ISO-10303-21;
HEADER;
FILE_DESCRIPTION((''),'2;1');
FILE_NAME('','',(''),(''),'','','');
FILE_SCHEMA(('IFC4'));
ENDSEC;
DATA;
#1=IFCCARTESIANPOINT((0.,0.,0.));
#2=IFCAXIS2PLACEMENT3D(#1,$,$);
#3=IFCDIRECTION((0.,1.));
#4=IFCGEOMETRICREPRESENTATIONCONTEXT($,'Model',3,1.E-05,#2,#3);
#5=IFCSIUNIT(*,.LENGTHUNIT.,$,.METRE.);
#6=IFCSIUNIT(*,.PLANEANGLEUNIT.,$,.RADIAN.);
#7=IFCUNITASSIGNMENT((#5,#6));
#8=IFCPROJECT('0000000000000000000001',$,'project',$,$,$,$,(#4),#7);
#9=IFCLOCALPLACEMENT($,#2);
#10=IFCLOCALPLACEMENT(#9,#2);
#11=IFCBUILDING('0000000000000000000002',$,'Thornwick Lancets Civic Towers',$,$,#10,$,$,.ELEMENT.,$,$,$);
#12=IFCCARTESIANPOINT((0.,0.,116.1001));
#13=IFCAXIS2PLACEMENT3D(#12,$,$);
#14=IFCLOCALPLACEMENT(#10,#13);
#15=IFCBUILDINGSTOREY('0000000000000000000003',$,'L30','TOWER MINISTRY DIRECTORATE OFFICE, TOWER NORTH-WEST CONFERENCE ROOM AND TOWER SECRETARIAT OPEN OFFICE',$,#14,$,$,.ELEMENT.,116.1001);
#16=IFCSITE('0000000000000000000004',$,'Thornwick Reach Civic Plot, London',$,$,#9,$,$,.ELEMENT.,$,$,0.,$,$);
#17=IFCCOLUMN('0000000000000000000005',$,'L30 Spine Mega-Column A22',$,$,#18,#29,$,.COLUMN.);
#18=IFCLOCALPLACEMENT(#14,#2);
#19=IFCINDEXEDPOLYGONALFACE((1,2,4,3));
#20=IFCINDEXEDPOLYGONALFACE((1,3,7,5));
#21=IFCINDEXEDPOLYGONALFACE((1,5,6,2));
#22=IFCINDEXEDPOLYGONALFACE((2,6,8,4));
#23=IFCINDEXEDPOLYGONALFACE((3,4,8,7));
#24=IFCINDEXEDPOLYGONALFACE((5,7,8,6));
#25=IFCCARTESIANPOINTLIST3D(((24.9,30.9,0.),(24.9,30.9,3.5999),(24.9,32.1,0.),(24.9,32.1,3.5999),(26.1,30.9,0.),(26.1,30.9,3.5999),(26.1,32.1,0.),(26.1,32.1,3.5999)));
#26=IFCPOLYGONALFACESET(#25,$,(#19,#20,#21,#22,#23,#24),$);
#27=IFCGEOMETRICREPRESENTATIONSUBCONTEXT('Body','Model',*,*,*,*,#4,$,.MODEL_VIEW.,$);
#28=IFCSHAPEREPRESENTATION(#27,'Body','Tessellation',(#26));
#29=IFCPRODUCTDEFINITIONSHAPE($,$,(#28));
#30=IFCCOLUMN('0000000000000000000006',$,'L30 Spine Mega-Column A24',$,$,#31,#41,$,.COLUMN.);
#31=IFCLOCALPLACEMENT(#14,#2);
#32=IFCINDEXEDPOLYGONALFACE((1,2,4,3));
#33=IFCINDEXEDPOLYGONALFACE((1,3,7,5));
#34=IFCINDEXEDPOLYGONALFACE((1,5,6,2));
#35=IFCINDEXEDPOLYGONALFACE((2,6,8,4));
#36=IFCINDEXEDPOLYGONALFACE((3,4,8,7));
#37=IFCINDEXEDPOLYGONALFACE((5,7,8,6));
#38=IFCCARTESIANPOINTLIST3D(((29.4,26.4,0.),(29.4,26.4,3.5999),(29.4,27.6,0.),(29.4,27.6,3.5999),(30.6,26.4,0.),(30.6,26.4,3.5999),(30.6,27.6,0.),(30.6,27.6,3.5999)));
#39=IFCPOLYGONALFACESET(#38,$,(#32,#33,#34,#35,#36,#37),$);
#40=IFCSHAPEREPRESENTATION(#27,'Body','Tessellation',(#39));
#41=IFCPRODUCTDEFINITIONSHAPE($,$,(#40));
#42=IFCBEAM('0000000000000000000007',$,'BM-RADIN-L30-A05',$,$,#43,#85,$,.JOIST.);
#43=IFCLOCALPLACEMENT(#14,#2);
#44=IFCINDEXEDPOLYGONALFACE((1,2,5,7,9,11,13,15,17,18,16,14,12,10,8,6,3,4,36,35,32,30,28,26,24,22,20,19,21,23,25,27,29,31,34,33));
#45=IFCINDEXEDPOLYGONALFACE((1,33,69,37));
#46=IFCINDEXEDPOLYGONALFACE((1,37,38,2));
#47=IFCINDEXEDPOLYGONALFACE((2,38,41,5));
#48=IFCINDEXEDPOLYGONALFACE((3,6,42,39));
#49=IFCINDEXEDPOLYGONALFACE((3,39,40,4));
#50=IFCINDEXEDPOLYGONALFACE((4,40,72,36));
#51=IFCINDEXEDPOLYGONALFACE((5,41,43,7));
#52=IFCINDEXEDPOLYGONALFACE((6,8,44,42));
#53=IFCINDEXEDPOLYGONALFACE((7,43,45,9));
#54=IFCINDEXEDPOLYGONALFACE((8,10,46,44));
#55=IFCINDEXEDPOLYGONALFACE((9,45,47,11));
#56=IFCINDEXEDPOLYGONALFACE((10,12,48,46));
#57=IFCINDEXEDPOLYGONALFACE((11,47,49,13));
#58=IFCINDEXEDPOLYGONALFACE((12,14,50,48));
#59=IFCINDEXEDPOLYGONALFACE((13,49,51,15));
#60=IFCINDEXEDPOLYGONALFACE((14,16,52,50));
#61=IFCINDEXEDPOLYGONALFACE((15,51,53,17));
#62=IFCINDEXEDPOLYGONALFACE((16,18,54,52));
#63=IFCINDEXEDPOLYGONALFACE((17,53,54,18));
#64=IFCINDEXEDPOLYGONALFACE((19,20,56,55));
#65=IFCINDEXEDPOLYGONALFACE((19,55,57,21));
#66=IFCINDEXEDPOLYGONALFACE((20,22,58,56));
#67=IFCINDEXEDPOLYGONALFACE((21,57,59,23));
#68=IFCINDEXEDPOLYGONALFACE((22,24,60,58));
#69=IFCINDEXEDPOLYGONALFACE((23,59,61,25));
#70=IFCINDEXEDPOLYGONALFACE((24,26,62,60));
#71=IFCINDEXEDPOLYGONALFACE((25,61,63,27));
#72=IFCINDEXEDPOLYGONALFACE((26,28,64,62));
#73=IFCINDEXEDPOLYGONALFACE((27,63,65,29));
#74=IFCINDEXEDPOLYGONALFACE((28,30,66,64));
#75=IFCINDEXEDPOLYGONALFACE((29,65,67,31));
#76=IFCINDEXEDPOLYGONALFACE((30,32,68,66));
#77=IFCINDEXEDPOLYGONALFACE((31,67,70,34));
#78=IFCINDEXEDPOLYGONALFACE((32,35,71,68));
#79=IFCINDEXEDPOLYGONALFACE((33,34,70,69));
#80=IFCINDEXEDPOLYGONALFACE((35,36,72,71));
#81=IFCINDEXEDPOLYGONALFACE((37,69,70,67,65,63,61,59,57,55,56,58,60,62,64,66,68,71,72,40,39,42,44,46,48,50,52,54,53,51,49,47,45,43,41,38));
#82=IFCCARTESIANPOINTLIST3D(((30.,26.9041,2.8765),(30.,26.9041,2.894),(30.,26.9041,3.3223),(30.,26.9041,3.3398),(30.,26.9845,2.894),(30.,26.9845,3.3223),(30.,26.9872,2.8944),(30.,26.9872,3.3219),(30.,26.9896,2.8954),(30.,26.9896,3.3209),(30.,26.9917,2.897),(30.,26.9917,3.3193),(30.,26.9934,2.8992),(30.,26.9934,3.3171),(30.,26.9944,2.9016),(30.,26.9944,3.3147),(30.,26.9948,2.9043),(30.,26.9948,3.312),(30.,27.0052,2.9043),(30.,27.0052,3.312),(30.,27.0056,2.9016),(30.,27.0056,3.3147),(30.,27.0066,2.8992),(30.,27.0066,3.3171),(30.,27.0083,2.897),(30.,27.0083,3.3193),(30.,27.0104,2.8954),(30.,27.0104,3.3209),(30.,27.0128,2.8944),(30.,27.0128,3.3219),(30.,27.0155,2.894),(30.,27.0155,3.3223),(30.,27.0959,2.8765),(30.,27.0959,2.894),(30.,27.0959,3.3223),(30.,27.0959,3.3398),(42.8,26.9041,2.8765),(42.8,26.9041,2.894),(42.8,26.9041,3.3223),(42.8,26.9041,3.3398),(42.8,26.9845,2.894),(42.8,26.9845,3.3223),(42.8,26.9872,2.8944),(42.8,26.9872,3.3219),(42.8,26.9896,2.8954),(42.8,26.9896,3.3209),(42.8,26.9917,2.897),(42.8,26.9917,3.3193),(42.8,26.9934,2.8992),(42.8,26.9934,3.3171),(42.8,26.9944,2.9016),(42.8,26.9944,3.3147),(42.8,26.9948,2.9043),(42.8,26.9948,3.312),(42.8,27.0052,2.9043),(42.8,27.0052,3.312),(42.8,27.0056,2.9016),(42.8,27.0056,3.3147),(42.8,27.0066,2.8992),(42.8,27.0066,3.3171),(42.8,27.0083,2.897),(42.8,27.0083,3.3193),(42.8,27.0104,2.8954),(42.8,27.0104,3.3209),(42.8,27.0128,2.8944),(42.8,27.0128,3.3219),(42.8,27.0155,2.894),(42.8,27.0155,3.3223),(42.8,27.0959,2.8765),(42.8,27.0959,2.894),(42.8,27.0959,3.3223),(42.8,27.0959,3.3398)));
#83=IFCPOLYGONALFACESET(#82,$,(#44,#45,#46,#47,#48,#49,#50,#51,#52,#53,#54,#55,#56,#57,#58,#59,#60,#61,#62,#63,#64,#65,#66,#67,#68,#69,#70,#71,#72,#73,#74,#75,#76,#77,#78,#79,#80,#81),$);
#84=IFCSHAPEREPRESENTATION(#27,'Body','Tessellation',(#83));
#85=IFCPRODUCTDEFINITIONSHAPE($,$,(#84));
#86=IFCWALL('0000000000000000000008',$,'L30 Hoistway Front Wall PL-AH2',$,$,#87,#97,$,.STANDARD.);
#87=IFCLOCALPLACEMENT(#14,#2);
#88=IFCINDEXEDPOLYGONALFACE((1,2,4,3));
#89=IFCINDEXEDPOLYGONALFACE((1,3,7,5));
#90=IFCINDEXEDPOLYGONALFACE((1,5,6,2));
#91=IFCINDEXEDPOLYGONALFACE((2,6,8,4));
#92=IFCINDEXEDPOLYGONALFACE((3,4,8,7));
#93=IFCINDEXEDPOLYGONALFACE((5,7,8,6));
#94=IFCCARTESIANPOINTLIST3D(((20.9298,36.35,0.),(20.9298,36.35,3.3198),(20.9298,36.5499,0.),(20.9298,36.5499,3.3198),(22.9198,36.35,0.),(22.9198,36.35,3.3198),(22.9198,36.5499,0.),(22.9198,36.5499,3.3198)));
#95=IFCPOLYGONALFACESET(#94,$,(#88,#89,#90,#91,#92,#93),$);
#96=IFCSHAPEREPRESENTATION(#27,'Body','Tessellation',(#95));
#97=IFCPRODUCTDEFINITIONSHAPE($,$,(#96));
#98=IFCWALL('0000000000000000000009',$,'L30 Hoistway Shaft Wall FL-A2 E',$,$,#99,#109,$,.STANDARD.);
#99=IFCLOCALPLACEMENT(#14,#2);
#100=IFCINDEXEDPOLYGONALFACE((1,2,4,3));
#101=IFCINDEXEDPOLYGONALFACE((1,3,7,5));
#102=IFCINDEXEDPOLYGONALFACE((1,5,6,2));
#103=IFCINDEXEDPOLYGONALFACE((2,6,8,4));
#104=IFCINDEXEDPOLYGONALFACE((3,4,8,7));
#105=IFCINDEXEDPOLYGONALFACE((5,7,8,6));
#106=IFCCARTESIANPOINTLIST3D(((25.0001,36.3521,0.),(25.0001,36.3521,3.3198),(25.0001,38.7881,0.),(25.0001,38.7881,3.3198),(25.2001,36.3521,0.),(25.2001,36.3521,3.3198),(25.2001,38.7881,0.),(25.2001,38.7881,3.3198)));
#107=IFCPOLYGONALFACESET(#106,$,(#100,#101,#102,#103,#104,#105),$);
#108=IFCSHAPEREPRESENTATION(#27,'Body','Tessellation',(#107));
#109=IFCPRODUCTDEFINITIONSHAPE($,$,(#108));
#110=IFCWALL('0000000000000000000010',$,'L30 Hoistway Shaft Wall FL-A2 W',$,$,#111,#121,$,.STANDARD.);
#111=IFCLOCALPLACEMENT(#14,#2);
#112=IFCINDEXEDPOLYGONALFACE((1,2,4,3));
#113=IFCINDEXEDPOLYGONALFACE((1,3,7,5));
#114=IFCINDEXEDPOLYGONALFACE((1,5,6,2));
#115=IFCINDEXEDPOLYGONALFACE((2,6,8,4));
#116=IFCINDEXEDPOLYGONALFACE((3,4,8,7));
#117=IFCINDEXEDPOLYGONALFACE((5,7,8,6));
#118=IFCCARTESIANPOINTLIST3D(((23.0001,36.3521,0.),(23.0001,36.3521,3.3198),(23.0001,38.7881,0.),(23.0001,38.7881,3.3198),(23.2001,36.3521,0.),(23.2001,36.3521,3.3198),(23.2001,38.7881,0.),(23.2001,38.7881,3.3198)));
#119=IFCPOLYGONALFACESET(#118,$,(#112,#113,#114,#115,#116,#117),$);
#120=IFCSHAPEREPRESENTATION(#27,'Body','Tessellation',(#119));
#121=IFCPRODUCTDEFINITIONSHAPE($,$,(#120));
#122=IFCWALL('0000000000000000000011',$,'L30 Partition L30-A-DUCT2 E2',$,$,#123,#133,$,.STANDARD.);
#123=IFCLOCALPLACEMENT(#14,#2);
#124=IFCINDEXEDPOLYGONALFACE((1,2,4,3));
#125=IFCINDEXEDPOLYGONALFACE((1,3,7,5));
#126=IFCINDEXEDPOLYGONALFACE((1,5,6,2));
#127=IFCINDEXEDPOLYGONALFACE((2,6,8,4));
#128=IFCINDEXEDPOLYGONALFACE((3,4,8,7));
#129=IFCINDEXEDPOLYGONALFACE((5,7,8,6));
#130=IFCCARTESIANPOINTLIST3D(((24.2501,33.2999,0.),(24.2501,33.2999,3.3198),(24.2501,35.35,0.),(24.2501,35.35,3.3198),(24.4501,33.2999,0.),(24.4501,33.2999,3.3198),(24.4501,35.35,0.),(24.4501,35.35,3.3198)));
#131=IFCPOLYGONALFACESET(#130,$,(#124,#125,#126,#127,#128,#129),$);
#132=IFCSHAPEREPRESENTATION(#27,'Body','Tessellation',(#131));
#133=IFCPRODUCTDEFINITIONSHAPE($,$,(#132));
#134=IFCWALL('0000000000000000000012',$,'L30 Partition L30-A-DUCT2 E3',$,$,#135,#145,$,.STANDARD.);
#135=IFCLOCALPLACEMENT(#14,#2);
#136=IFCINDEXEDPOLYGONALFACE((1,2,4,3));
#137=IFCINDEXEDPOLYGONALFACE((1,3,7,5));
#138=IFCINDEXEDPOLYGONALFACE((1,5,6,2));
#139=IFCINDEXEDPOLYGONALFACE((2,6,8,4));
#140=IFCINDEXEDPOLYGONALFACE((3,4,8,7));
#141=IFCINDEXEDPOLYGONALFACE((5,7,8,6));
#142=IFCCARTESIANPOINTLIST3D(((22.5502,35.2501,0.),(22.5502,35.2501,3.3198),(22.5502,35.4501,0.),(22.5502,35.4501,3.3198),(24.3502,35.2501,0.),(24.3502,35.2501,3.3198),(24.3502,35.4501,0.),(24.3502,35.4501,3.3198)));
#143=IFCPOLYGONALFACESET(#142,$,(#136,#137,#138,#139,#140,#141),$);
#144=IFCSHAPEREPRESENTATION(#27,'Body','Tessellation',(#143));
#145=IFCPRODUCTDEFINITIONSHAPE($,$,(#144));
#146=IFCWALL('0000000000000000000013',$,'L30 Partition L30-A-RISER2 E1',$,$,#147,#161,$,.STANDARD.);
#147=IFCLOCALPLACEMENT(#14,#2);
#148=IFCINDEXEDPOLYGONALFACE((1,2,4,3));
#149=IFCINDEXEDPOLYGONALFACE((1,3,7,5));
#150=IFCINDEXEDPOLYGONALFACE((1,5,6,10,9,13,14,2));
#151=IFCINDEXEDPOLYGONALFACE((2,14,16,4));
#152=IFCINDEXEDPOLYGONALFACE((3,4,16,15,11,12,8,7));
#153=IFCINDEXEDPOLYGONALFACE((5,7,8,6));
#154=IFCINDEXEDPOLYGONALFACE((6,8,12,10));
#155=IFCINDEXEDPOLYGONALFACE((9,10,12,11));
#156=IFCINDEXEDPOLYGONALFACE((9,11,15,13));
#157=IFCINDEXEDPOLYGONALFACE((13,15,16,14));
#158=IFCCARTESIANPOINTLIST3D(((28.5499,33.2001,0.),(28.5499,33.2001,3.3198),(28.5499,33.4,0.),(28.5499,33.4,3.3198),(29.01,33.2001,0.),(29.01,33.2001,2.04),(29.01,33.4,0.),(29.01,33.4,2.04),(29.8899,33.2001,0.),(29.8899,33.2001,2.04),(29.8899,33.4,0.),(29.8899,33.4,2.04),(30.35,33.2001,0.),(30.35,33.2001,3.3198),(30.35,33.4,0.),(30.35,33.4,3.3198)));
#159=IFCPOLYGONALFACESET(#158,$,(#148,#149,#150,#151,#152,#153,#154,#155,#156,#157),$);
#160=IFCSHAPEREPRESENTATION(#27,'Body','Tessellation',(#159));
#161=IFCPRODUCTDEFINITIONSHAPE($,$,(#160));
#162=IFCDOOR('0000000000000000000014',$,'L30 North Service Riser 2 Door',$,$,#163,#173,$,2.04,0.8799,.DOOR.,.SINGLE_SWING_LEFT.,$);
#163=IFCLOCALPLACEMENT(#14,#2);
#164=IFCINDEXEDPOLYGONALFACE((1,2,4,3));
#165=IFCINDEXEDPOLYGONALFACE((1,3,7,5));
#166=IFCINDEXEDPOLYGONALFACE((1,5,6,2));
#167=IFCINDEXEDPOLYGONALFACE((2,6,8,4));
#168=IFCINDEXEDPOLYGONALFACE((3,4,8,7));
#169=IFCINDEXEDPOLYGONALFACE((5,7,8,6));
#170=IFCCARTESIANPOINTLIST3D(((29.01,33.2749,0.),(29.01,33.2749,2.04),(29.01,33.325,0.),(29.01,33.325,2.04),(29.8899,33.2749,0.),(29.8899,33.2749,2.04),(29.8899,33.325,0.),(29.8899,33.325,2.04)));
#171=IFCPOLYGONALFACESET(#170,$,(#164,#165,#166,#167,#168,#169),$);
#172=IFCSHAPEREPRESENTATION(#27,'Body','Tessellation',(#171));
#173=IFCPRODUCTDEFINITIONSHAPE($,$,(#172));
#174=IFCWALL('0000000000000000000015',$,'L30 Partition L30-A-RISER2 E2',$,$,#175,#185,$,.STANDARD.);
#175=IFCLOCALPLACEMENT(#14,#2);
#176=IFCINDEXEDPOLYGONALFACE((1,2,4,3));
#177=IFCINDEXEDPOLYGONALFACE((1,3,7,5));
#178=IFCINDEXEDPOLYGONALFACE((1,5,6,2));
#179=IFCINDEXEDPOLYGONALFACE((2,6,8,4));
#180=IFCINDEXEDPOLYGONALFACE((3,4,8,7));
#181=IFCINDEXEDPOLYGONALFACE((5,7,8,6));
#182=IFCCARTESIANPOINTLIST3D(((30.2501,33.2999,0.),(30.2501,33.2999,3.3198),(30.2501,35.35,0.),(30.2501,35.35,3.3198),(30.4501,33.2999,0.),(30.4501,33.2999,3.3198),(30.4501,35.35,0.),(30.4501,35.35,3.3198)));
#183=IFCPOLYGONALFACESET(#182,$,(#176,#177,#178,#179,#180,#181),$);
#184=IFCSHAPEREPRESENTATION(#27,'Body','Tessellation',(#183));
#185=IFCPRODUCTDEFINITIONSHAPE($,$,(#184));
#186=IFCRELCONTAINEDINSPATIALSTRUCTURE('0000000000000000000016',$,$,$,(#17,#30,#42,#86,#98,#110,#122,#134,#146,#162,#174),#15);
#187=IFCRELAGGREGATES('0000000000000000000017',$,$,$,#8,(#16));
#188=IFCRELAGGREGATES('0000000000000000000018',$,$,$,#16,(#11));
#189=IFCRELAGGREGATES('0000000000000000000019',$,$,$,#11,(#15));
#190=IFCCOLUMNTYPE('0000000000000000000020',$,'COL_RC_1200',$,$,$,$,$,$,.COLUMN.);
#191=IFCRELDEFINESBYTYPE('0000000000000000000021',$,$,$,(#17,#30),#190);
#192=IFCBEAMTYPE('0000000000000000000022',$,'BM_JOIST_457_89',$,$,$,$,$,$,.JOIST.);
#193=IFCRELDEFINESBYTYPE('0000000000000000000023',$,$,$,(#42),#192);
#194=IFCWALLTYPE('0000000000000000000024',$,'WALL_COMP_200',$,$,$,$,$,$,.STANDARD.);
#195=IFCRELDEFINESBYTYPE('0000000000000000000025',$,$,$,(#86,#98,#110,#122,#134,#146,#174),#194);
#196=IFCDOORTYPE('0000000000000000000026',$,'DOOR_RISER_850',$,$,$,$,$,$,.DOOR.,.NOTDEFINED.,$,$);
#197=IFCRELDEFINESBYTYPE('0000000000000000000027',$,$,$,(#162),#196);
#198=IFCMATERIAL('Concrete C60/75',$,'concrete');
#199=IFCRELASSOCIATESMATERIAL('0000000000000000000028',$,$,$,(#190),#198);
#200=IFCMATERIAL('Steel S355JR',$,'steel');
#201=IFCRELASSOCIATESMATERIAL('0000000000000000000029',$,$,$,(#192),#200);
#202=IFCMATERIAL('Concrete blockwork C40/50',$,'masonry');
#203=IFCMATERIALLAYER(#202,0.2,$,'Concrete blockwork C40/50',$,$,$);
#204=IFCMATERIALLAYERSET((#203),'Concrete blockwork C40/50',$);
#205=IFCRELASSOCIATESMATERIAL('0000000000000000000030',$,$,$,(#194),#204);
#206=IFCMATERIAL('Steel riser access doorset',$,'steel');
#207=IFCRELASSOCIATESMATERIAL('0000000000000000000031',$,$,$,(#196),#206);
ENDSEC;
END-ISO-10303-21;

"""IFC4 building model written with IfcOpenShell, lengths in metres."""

from ifc_helpers import new_model, si_unit, direction, frame, frame_2d, origin, origin_2d, place, context, subcontext, project, spatial, rectangle, i_section, extrude, material, layer, layer_set, material_profile, profile_set, type_object, element, fill, save


model = new_model("IFC4")

# Units and contexts
model_context = context("Model", 3, precision=1e-05, world=origin(), true_north=direction((0.0, 1.0)))
body_context = subcontext(model_context, "Body", "Model", "MODEL_VIEW")
ifc_project = project(units=[si_unit("LENGTHUNIT", "METRE"), si_unit("PLANEANGLEUNIT", "RADIAN")], contexts=[model_context])

# Site, building, storey
site_placement = place(None, origin())
site = spatial("IfcSite", under=ifc_project, at=site_placement, Name="Thornwick Reach Civic Plot, London", CompositionType="ELEMENT", RefElevation=0.0)
building_placement = place(site_placement, origin())
building = spatial("IfcBuilding", under=site, at=building_placement, Name="Thornwick Lancets Civic Towers", CompositionType="ELEMENT")
storey_placement = place(building_placement, frame((0.0, 0.0, 116.1001)))
storey = spatial("IfcBuildingStorey", under=building, at=storey_placement, Name="L30", Description="TOWER MINISTRY DIRECTORATE OFFICE, TOWER NORTH-WEST CONFERENCE ROOM AND TOWER SECRETARIAT OPEN OFFICE", CompositionType="ELEMENT", Elevation=116.1001)

# Columns
ifc_material_1 = material(Name="Concrete C60/75", Category="concrete")
ifc_material_profile_1 = material_profile(ifc_material_1, rectangle(XDim=1.2, YDim=1.2, at=origin_2d()), Name="RC 1200x1200")
ifc_profile_set_1 = profile_set([ifc_material_profile_1], Name="Concrete C60/75")
column_type = type_object("IfcColumnType", Name="COL_RC_1200", PredefinedType="COLUMN", material=ifc_profile_set_1)
for number, where, z_axis, x_axis, name in (
    (1, (25.5, 31.5, 0.0), (0.0, 0.0, 1.0), (1.0, 0.0, 0.0), "L30 Spine Mega-Column A22"),
    (2, (30.0, 27.0, 0.0), (0.0, 0.0, 1.0), (1.0, 0.0, 0.0), "L30 Spine Mega-Column A24"),
):
    element("IfcColumn", number, at=place(storey_placement, frame(where, z_axis=z_axis, x_axis=x_axis)), inside=storey, type_object=column_type, Name=name, PredefinedType="COLUMN", context=body_context, shape_type="SweptSolid", body=[
        extrude(rectangle(XDim=1.2, YDim=1.2, at=origin_2d()), origin(), (0.0, 0.0, 1.0), 3.5999),
    ])

# Beam
ifc_material_2 = material(Name="Steel S355JR", Category="steel")
ifc_material_profile_2 = material_profile(ifc_material_2, i_section(OverallWidth=0.1919, OverallDepth=0.4634, WebThickness=0.0105, FlangeThickness=0.0176, FilletRadius=0.0103, at=origin_2d()), Name="UKB 457x191x89")
ifc_profile_set_2 = profile_set([ifc_material_profile_2], Name="Steel S355JR")
beam_type = type_object("IfcBeamType", Name="BM_JOIST_457_89", PredefinedType="JOIST", material=ifc_profile_set_2)
beam_placement = place(storey_placement, frame((30.0, 27.0, 3.1082), z_axis=(1.0, 0.0, 0.0), x_axis=(0.0, 1.0, 0.0)))
element("IfcBeam", 3, at=beam_placement, inside=storey, type_object=beam_type, Name="BM-RADIN-L30-A05", PredefinedType="JOIST", context=body_context, shape_type="SweptSolid", body=[
    extrude(i_section(OverallWidth=0.1919, OverallDepth=0.4634, WebThickness=0.0105, FlangeThickness=0.0176, FilletRadius=0.0103, at=origin_2d()), origin(), (0.0, 0.0, 1.0), 12.8),
])

# Walls
ifc_material_3 = material(Name="Concrete blockwork C40/50", Category="masonry")
ifc_layer_1 = layer(ifc_material_3, 0.2, Name="Concrete blockwork C40/50")
ifc_layer_set_1 = layer_set([ifc_layer_1], Name="Concrete blockwork C40/50")
wall_type_1 = type_object("IfcWallType", Name="WALL_COMP_200", PredefinedType="STANDARD", material=ifc_layer_set_1)
wall_1_placement = place(storey_placement, frame((22.9199, 36.45, 0.0), z_axis=(0.0, 0.0, 1.0), x_axis=(-1.0, 0.0, 0.0)))
element("IfcWall", 4, at=wall_1_placement, inside=storey, type_object=wall_type_1, Name="L30 Hoistway Front Wall PL-AH2", PredefinedType="STANDARD", context=body_context, shape_type="SweptSolid", body=[
    extrude(rectangle(XDim=1.99, YDim=0.2, at=frame_2d((0.9951, 0.0))), origin(), (0.0, 0.0, 1.0), 3.3198),
])
for number, where, z_axis, x_axis, name in (
    (5, (25.1001, 36.3521, 0.0), (0.0, 0.0, 1.0), (0.0, 1.0, 0.0), "L30 Hoistway Shaft Wall FL-A2 E"),
    (6, (23.1001, 36.3521, 0.0), (0.0, 0.0, 1.0), (0.0, 1.0, 0.0), "L30 Hoistway Shaft Wall FL-A2 W"),
):
    element("IfcWall", number, at=place(storey_placement, frame(where, z_axis=z_axis, x_axis=x_axis)), inside=storey, type_object=wall_type_1, Name=name, PredefinedType="STANDARD", context=body_context, shape_type="SweptSolid", body=[
        extrude(rectangle(XDim=2.436, YDim=0.2, at=frame_2d((1.218, 0.0))), origin(), (0.0, 0.0, 1.0), 3.3198),
    ])
wall_2_placement = place(storey_placement, frame((24.3501, 33.3, 0.0), z_axis=(0.0, 0.0, 1.0), x_axis=(0.0, 1.0, 0.0)))
element("IfcWall", 7, at=wall_2_placement, inside=storey, type_object=wall_type_1, Name="L30 Partition L30-A-DUCT2 E2", PredefinedType="STANDARD", context=body_context, shape_type="SweptSolid", body=[
    extrude(rectangle(XDim=2.05, YDim=0.2, at=frame_2d((1.0249, 0.0))), origin(), (0.0, 0.0, 1.0), 3.3198),
])
wall_3_placement = place(storey_placement, frame((24.3501, 35.3501, 0.0), z_axis=(0.0, 0.0, 1.0), x_axis=(-1.0, 0.0, 0.0)))
element("IfcWall", 8, at=wall_3_placement, inside=storey, type_object=wall_type_1, Name="L30 Partition L30-A-DUCT2 E3", PredefinedType="STANDARD", context=body_context, shape_type="SweptSolid", body=[
    extrude(rectangle(XDim=1.8, YDim=0.2, at=frame_2d((0.8999, 0.0))), origin(), (0.0, 0.0, 1.0), 3.3198),
])

# Wall, opening, door
wall_4_placement = place(storey_placement, frame((28.55, 33.3, 0.0), z_axis=(0.0, 0.0, 1.0), x_axis=(1.0, 0.0, 0.0)))
wall_4 = element("IfcWall", 9, at=wall_4_placement, inside=storey, type_object=wall_type_1, Name="L30 Partition L30-A-RISER2 E1", PredefinedType="STANDARD", context=body_context, shape_type="SweptSolid", body=[
    extrude(rectangle(XDim=1.8, YDim=0.2, at=frame_2d((0.8999, 0.0))), origin(), (0.0, 0.0, 1.0), 3.3198),
])
opening_placement = place(wall_4_placement, frame((0.46, 0.0, 0.0)))
opening = element("IfcOpeningElement", 10, at=opening_placement, cuts=wall_4, PredefinedType="OPENING", context=body_context, shape_type="SweptSolid", body=[
    extrude(rectangle(XDim=0.8799, YDim=2.04, at=frame_2d((0.4399, 1.02))), frame((0.0, 0.1099, 0.0), z_axis=(0.0, -1.0, 0.0), x_axis=(1.0, 0.0, 0.0)), (0.0, 0.0, 1.0), 0.22),
])
ifc_material_4 = material(Name="Steel riser access doorset", Category="steel")
door_type = type_object("IfcDoorType", Name="DOOR_RISER_850", OperationType="NOTDEFINED", PredefinedType="DOOR", material=ifc_material_4)
door_placement = place(opening_placement, origin())
door = element("IfcDoor", 11, at=door_placement, inside=storey, type_object=door_type, Name="L30 North Service Riser 2 Door", OperationType="SINGLE_SWING_LEFT", OverallHeight=2.04, OverallWidth=0.8799, PredefinedType="DOOR", context=body_context, shape_type="SweptSolid", body=[
    extrude(rectangle(XDim=0.8799, YDim=2.04, at=frame_2d((0.4399, 1.02))), frame((0.0, 0.0249, 0.0), z_axis=(0.0, -1.0, 0.0), x_axis=(1.0, 0.0, 0.0)), (0.0, 0.0, 1.0), 0.05),
])
fill(opening, door)

# Wall
wall_5_placement = place(storey_placement, frame((30.3501, 33.3, 0.0), z_axis=(0.0, 0.0, 1.0), x_axis=(0.0, 1.0, 0.0)))
element("IfcWall", 12, at=wall_5_placement, inside=storey, type_object=wall_type_1, Name="L30 Partition L30-A-RISER2 E2", PredefinedType="STANDARD", context=body_context, shape_type="SweptSolid", body=[
    extrude(rectangle(XDim=2.05, YDim=0.2, at=frame_2d((1.0249, 0.0))), origin(), (0.0, 0.0, 1.0), 3.3198),
])

save(model, "model.ifc")
